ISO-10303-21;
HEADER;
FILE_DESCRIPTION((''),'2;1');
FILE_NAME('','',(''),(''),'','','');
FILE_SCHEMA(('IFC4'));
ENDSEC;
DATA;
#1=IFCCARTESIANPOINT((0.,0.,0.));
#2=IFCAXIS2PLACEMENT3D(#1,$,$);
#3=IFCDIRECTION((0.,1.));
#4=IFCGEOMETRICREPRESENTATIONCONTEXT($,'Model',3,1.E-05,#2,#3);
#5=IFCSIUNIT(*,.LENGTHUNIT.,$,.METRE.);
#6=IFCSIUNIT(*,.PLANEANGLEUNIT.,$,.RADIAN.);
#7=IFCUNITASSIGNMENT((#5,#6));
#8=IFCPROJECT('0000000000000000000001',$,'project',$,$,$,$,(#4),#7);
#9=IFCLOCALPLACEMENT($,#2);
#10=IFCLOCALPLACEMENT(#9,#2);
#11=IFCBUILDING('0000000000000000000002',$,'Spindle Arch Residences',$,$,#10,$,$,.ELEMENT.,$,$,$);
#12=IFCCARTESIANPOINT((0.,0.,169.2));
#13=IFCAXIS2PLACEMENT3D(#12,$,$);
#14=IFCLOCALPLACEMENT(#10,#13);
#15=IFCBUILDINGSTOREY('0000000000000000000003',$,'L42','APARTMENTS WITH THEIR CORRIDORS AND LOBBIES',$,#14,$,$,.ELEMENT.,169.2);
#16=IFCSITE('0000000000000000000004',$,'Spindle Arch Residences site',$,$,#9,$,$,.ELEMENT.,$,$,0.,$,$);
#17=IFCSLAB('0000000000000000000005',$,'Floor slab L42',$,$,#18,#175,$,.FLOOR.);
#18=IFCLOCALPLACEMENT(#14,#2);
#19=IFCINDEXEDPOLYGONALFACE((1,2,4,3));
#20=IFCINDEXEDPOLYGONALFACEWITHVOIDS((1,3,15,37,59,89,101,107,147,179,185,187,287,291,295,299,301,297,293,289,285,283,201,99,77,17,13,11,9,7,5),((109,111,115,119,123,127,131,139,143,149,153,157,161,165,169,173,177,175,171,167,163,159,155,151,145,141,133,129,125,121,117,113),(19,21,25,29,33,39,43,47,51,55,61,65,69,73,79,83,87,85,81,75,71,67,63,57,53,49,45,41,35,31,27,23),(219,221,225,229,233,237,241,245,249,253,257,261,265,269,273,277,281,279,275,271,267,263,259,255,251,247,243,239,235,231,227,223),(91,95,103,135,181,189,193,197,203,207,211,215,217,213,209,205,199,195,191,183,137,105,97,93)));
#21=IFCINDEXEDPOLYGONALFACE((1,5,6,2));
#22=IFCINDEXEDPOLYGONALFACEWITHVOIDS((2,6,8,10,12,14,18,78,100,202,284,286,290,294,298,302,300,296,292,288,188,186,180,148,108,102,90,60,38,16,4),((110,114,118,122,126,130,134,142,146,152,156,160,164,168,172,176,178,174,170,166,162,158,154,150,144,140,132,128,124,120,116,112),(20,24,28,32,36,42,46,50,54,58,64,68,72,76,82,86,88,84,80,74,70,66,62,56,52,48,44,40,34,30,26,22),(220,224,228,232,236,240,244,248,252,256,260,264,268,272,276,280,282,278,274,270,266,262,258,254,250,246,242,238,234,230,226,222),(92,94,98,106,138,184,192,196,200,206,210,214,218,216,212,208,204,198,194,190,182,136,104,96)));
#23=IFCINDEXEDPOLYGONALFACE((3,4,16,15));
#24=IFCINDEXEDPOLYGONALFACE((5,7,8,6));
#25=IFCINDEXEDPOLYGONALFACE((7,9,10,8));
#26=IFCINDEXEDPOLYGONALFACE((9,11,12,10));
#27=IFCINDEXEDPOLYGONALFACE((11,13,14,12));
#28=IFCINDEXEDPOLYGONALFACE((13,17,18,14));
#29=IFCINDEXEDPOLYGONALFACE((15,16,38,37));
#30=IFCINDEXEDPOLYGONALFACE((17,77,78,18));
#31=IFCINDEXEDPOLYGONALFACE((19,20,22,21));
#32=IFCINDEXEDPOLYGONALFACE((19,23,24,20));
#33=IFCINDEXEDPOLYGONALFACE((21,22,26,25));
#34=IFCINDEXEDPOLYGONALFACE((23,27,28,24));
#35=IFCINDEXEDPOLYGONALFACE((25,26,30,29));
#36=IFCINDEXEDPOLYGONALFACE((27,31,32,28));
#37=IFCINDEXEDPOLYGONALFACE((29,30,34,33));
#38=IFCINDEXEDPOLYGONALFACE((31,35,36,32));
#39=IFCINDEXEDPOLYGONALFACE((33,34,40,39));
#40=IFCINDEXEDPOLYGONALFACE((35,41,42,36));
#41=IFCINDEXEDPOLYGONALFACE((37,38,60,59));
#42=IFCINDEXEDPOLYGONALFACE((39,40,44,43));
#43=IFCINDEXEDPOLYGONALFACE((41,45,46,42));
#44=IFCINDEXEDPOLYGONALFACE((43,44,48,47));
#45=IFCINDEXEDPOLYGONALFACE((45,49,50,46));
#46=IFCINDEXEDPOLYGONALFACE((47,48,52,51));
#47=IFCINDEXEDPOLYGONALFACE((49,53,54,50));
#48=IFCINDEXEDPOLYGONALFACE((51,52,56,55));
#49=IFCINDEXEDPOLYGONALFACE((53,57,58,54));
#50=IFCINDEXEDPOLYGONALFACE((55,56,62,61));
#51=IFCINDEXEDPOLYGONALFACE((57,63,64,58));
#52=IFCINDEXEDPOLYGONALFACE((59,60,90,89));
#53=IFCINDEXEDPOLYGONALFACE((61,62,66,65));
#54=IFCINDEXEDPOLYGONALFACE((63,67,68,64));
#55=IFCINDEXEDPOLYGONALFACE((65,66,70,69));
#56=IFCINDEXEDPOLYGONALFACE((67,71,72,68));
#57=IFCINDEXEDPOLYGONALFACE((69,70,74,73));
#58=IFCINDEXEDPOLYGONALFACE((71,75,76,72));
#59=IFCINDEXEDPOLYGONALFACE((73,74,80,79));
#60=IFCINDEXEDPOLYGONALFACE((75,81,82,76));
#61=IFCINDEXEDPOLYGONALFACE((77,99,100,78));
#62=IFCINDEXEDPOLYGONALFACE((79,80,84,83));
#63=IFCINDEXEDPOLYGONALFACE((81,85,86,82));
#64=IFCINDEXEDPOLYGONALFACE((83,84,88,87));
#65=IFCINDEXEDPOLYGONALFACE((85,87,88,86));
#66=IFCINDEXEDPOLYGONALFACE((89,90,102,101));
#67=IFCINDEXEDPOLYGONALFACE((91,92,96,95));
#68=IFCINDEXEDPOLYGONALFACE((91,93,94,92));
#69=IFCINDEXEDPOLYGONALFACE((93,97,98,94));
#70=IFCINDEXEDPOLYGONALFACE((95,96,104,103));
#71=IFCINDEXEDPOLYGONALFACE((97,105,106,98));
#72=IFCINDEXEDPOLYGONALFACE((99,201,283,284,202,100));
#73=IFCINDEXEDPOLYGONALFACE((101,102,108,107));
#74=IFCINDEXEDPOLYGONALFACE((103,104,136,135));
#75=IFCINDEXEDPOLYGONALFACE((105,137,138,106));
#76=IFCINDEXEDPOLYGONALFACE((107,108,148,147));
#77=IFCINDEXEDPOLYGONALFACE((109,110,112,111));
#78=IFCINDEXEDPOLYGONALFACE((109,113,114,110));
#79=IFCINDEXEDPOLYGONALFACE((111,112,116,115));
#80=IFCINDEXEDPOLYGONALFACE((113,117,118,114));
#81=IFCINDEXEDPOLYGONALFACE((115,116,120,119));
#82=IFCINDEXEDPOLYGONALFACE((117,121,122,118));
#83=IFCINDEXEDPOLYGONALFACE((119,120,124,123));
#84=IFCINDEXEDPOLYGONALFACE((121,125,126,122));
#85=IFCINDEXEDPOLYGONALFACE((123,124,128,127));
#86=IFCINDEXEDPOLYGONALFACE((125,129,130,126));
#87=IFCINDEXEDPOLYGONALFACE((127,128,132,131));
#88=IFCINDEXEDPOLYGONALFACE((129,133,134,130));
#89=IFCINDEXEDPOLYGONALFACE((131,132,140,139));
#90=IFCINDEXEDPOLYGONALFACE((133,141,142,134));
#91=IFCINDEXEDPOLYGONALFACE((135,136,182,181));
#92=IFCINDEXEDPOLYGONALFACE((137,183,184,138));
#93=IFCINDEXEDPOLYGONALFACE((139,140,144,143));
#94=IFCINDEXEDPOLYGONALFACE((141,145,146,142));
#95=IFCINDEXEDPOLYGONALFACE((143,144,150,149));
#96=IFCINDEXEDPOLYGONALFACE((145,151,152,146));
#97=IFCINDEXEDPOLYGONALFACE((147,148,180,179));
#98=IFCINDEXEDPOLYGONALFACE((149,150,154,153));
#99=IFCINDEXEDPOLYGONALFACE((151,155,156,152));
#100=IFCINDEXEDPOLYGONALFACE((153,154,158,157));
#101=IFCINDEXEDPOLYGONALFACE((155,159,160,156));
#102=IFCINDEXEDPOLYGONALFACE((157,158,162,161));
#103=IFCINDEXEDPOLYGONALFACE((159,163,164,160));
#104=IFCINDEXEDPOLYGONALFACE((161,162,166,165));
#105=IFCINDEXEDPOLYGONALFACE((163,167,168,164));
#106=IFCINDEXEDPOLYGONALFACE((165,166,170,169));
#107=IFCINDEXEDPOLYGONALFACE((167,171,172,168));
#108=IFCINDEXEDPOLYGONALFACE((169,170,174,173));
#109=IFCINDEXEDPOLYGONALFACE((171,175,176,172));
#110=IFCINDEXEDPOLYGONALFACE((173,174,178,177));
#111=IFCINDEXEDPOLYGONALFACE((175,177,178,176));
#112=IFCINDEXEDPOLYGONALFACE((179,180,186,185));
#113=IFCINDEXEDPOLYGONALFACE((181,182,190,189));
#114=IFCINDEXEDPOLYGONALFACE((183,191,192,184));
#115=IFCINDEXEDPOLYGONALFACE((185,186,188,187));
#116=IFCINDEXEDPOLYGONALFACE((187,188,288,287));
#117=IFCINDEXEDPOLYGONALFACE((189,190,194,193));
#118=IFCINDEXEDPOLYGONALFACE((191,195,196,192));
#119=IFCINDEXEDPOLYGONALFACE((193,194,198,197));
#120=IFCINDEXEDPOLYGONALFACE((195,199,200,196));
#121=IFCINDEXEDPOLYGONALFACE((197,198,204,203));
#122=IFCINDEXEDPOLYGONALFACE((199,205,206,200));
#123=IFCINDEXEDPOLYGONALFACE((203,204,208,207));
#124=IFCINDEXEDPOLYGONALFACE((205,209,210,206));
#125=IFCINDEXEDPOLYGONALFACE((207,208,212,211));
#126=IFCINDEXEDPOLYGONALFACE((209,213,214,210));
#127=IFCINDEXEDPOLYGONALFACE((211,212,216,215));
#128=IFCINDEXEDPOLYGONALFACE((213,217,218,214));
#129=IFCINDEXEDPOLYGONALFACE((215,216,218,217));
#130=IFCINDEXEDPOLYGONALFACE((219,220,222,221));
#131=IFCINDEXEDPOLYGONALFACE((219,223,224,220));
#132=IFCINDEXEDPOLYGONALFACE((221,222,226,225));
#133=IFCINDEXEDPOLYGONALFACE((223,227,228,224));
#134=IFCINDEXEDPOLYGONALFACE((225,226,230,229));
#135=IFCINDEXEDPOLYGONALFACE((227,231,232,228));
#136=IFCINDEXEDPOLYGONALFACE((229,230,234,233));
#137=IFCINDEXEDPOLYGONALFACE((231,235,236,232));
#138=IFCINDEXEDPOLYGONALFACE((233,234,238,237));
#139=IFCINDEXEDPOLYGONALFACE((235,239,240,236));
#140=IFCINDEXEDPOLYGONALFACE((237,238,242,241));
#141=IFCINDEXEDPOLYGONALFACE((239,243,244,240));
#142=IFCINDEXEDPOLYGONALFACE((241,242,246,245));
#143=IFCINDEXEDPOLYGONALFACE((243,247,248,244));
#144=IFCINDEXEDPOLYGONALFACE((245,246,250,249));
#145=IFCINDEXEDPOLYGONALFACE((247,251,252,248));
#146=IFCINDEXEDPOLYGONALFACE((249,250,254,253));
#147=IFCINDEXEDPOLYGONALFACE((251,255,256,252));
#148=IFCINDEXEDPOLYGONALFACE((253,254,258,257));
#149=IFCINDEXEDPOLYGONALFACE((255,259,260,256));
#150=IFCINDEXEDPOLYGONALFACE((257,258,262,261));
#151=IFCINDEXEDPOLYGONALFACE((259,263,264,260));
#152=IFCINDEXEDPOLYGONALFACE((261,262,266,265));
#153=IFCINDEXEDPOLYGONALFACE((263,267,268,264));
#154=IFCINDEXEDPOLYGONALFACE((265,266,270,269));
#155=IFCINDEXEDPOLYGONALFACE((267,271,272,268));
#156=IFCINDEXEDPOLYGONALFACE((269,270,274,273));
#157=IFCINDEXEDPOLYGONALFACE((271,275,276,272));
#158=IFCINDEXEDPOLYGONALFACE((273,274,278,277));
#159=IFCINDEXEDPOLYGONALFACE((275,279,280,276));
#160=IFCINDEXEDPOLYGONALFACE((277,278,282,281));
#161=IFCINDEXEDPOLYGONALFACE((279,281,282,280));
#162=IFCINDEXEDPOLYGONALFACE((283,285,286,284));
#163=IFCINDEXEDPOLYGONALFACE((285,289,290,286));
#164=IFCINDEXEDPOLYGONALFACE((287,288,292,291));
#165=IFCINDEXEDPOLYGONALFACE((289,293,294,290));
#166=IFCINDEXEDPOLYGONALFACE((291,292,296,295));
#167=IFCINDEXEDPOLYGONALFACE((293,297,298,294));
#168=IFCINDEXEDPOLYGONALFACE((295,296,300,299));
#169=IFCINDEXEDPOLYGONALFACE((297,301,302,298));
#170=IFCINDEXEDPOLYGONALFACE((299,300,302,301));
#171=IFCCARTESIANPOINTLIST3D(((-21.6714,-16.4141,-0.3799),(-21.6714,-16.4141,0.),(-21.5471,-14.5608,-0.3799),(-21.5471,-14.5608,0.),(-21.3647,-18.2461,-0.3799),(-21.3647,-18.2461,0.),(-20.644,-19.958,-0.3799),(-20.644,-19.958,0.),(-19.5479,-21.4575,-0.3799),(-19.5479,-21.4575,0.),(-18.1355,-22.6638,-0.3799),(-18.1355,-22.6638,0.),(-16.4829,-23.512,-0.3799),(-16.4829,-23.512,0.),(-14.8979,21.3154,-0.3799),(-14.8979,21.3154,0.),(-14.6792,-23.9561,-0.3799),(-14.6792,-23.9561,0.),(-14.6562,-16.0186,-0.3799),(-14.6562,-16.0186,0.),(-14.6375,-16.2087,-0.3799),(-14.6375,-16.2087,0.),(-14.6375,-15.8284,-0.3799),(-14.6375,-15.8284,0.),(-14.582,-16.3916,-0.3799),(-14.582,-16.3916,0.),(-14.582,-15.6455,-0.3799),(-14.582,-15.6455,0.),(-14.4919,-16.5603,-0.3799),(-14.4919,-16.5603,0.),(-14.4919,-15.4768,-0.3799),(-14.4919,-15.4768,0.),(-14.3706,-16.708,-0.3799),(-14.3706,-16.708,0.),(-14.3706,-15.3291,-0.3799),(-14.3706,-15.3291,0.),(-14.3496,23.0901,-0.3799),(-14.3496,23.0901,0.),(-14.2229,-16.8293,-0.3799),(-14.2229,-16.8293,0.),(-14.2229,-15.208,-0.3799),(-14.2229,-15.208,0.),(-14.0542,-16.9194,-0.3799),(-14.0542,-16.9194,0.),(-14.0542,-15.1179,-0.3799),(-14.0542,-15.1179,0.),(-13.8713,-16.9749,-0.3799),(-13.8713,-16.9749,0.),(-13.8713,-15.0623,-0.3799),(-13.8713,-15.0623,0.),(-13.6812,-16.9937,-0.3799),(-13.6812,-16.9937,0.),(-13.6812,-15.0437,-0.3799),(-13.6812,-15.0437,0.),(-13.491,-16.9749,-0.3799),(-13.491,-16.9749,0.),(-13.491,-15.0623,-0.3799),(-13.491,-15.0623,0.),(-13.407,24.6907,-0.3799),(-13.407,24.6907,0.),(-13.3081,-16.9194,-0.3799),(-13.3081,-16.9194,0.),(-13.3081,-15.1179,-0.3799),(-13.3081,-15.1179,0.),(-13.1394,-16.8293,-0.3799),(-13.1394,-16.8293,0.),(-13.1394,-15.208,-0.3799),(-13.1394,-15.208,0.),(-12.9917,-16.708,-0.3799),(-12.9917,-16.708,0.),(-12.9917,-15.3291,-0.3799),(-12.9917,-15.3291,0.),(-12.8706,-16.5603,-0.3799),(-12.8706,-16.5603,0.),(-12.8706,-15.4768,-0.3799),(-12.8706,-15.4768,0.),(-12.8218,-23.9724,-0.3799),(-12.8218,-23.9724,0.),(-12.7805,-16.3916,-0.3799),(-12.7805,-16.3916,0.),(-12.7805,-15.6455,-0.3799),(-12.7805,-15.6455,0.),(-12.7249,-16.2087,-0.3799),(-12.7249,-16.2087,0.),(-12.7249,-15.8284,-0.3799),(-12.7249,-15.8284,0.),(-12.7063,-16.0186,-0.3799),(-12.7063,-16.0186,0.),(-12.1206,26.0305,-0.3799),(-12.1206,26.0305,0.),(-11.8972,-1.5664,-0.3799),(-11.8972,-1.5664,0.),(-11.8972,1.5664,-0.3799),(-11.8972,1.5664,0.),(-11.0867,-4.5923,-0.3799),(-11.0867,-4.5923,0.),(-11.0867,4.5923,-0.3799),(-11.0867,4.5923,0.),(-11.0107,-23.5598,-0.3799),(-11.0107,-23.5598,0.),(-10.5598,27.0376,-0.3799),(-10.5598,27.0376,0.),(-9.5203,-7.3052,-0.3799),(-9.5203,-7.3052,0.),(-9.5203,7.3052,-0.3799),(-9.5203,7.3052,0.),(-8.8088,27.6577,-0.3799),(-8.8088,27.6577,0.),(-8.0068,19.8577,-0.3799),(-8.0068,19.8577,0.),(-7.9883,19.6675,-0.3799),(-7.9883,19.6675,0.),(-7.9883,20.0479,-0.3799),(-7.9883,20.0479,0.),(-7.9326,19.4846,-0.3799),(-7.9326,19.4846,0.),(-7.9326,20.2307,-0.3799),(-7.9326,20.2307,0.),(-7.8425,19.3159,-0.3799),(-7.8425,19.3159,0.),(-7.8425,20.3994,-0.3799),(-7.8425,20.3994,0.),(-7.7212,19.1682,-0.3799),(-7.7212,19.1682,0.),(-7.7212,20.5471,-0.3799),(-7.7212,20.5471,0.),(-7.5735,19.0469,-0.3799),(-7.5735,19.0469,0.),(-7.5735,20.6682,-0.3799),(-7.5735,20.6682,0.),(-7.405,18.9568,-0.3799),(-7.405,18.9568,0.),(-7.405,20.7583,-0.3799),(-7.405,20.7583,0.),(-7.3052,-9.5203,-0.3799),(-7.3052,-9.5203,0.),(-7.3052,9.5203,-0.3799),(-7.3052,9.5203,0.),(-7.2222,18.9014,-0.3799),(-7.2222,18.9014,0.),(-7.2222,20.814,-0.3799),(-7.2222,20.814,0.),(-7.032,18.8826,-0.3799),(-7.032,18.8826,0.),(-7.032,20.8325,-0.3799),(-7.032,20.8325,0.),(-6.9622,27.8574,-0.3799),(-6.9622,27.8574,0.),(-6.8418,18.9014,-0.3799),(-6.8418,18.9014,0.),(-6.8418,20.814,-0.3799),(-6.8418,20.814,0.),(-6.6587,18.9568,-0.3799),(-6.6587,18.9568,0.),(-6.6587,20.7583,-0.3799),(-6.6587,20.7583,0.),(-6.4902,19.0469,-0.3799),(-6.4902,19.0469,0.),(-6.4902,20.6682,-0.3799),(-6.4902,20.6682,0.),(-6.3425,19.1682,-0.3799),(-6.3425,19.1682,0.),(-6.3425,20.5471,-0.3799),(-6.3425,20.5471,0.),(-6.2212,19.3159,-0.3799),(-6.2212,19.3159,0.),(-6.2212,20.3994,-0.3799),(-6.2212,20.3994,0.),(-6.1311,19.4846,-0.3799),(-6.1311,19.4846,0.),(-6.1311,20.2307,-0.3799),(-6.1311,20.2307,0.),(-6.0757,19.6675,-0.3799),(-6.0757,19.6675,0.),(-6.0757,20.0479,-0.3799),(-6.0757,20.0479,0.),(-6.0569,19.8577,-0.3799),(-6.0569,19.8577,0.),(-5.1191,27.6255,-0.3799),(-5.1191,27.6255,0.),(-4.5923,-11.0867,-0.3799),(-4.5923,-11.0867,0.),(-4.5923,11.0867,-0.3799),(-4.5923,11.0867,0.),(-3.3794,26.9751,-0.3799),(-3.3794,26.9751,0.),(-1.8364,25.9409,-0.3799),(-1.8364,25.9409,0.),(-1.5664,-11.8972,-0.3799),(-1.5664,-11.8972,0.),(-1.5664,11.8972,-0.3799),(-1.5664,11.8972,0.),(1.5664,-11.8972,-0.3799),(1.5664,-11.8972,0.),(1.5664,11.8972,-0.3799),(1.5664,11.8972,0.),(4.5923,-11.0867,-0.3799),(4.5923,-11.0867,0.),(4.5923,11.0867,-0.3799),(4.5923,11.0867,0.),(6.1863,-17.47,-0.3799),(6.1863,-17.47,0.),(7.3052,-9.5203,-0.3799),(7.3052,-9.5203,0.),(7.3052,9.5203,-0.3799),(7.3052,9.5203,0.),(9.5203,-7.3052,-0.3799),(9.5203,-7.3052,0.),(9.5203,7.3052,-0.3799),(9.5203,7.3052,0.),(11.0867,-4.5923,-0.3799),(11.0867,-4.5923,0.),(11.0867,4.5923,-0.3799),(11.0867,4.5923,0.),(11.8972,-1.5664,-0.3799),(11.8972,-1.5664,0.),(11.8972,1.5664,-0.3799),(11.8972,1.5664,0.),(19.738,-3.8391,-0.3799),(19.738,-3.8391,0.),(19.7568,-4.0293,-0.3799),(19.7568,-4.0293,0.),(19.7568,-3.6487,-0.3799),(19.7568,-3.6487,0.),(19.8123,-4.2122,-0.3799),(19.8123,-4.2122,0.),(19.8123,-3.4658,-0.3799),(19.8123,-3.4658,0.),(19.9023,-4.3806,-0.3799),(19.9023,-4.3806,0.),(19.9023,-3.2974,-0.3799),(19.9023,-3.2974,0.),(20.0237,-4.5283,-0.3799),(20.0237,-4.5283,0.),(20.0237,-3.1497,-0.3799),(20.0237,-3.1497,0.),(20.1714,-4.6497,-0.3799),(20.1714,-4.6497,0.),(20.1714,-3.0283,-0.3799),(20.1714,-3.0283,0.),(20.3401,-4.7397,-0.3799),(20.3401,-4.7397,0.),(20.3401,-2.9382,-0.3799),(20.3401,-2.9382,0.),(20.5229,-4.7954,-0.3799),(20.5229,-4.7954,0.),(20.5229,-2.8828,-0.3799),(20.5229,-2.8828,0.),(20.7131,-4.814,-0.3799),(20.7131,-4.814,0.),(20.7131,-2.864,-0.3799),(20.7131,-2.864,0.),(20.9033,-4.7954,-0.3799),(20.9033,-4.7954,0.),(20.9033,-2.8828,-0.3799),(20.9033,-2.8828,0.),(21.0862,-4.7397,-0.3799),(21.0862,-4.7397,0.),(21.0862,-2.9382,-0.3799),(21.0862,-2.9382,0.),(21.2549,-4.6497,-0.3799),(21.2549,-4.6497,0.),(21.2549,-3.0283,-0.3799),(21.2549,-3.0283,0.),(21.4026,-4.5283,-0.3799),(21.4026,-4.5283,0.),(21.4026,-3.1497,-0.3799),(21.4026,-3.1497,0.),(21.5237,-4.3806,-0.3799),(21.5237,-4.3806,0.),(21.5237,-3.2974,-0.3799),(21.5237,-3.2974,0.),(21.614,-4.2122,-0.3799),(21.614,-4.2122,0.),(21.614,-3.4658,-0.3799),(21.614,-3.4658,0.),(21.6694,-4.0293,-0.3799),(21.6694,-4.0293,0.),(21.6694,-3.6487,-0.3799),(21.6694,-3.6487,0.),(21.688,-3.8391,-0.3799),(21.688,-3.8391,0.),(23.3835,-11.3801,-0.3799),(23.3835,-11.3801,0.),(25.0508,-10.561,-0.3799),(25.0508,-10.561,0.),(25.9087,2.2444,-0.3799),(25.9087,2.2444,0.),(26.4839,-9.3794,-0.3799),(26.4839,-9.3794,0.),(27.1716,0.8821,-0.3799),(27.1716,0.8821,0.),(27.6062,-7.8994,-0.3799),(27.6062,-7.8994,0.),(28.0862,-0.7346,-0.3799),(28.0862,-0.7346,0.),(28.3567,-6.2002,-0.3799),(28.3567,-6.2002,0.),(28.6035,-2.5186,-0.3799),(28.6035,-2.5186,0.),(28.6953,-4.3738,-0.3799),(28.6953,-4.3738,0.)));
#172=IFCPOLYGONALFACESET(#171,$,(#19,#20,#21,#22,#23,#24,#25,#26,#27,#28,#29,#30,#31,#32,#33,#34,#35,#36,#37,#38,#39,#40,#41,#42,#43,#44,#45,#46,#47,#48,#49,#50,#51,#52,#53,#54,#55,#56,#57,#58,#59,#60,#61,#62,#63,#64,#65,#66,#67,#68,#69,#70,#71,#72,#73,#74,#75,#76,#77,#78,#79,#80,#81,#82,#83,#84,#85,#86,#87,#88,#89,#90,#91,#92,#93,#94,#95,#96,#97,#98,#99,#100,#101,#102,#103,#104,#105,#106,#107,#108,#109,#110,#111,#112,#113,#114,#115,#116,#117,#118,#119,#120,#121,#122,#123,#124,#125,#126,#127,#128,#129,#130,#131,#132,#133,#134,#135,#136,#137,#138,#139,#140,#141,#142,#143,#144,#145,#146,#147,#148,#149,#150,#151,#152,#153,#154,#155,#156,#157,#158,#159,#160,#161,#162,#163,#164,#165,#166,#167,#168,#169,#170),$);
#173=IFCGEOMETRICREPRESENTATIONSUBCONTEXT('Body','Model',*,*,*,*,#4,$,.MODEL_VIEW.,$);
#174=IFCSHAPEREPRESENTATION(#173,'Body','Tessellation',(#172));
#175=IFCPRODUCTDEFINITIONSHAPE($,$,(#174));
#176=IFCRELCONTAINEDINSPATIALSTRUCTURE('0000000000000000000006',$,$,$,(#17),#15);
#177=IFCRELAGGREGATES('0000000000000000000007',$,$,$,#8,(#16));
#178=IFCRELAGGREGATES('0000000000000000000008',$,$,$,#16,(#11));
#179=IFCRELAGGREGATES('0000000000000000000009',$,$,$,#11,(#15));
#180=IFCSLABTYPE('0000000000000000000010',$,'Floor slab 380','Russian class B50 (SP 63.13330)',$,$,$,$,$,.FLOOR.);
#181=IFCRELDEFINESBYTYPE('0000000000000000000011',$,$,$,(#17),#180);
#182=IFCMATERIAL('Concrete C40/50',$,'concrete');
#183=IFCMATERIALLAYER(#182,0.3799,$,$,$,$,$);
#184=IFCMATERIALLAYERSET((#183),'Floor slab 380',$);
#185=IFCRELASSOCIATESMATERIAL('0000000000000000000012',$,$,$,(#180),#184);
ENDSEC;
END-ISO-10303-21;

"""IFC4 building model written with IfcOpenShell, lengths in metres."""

from ifc_helpers import new_model, si_unit, direction, frame, origin, place, context, subcontext, project, spatial, polyline, outline, extrude, material, layer, layer_set, type_object, element, save


model = new_model("IFC4")

# Units and contexts
model_context = context("Model", 3, precision=1e-05, world=origin(), true_north=direction((0.0, 1.0)))
body_context = subcontext(model_context, "Body", "Model", "MODEL_VIEW")
ifc_project = project(units=[si_unit("LENGTHUNIT", "METRE"), si_unit("PLANEANGLEUNIT", "RADIAN")], contexts=[model_context])

# Site, building, storey
site_placement = place(None, origin())
site = spatial("IfcSite", under=ifc_project, at=site_placement, Name="Spindle Arch Residences site", CompositionType="ELEMENT", RefElevation=0.0)
building_placement = place(site_placement, origin())
building = spatial("IfcBuilding", under=site, at=building_placement, Name="Spindle Arch Residences", CompositionType="ELEMENT")
storey_placement = place(building_placement, frame((0.0, 0.0, 169.2)))
storey = spatial("IfcBuildingStorey", under=building, at=storey_placement, Name="L42", Description="APARTMENTS WITH THEIR CORRIDORS AND LOBBIES", CompositionType="ELEMENT", Elevation=169.2)

# Slab
ifc_material_1 = material(Name="Concrete C40/50", Category="concrete")
ifc_layer_1 = layer(ifc_material_1, 0.3799)
ifc_layer_set_1 = layer_set([ifc_layer_1], Name="Floor slab 380")
slab_type_1 = type_object("IfcSlabType", Name="Floor slab 380", Description="Russian class B50 (SP 63.13330)", PredefinedType="FLOOR", material=ifc_layer_set_1)
slab_1_placement = place(storey_placement, frame((0.0, 0.0, -0.3799)))
element("IfcSlab", 1, at=slab_1_placement, inside=storey, type_object=slab_type_1, Name="Floor slab L42", PredefinedType="FLOOR", context=body_context, shape_type="SweptSolid", body=[
    extrude(outline(polyline([(-12.8218, -23.9724), (-14.6792, -23.9561), (-16.4829, -23.512), (-18.1355, -22.6638), (-19.5479, -21.4575), (-20.644, -19.958), (-21.3647, -18.2461), (-21.6714, -16.4141), (-21.5471, -14.5608), (-14.8979, 21.3154), (-14.3496, 23.0901), (-13.407, 24.6907), (-12.1206, 26.0305), (-10.5598, 27.0376), (-8.8088, 27.6577), (-6.9622, 27.8574), (-5.1191, 27.6255), (-3.3794, 26.9751), (-1.8364, 25.9409), (25.9087, 2.2444), (27.1716, 0.8821), (28.0862, -0.7346), (28.6035, -2.5186), (28.6953, -4.3738), (28.3567, -6.2002), (27.6062, -7.8994), (26.4839, -9.3794), (25.0508, -10.561), (23.3835, -11.3801), (6.1863, -17.47), (-11.0107, -23.5598), (-12.8218, -23.9724)]), holes=[polyline([(7.3052, -9.5203), (9.5203, -7.3052), (11.0867, -4.5923), (11.8972, -1.5664), (11.8972, 1.5664), (11.0867, 4.5923), (9.5203, 7.3052), (7.3052, 9.5203), (4.5923, 11.0867), (1.5664, 11.8972), (-1.5664, 11.8972), (-4.5923, 11.0867), (-7.3052, 9.5203), (-9.5203, 7.3052), (-11.0867, 4.5923), (-11.8972, 1.5664), (-11.8972, -1.5664), (-11.0867, -4.5923), (-9.5203, -7.3052), (-7.3052, -9.5203), (-4.5923, -11.0867), (-1.5664, -11.8972), (1.5664, -11.8972), (4.5923, -11.0867), (7.3052, -9.5203)]), polyline([(-12.9917, -16.708), (-12.8706, -16.5603), (-12.7805, -16.3916), (-12.7249, -16.2087), (-12.7063, -16.0186), (-12.7249, -15.8284), (-12.7805, -15.6455), (-12.8706, -15.4768), (-12.9917, -15.3291), (-13.1394, -15.208), (-13.3081, -15.1179), (-13.491, -15.0623), (-13.6812, -15.0437), (-13.8713, -15.0623), (-14.0542, -15.1179), (-14.2229, -15.208), (-14.3706, -15.3291), (-14.4919, -15.4768), (-14.582, -15.6455), (-14.6375, -15.8284), (-14.6562, -16.0186), (-14.6375, -16.2087), (-14.582, -16.3916), (-14.4919, -16.5603), (-14.3706, -16.708), (-14.2229, -16.8293), (-14.0542, -16.9194), (-13.8713, -16.9749), (-13.6812, -16.9937), (-13.491, -16.9749), (-13.3081, -16.9194), (-13.1394, -16.8293), (-12.9917, -16.708)]), polyline([(-6.2212, 19.3159), (-6.1311, 19.4846), (-6.0757, 19.6675), (-6.0569, 19.8577), (-6.0757, 20.0479), (-6.1311, 20.2307), (-6.2212, 20.3994), (-6.3425, 20.5471), (-6.4902, 20.6682), (-6.6587, 20.7583), (-6.8418, 20.814), (-7.032, 20.8325), (-7.2222, 20.814), (-7.405, 20.7583), (-7.5735, 20.6682), (-7.7212, 20.5471), (-7.8425, 20.3994), (-7.9326, 20.2307), (-7.9883, 20.0479), (-8.0068, 19.8577), (-7.9883, 19.6675), (-7.9326, 19.4846), (-7.8425, 19.3159), (-7.7212, 19.1682), (-7.5735, 19.0469), (-7.405, 18.9568), (-7.2222, 18.9014), (-7.032, 18.8826), (-6.8418, 18.9014), (-6.6587, 18.9568), (-6.4902, 19.0469), (-6.3425, 19.1682), (-6.2212, 19.3159)]), polyline([(21.5237, -4.3806), (21.614, -4.2122), (21.6694, -4.0293), (21.688, -3.8391), (21.6694, -3.6487), (21.614, -3.4658), (21.5237, -3.2974), (21.4026, -3.1497), (21.2549, -3.0283), (21.0862, -2.9382), (20.9033, -2.8828), (20.7131, -2.864), (20.5229, -2.8828), (20.3401, -2.9382), (20.1714, -3.0283), (20.0237, -3.1497), (19.9023, -3.2974), (19.8123, -3.4658), (19.7568, -3.6487), (19.738, -3.8391), (19.7568, -4.0293), (19.8123, -4.2122), (19.9023, -4.3806), (20.0237, -4.5283), (20.1714, -4.6497), (20.3401, -4.7397), (20.5229, -4.7954), (20.7131, -4.814), (20.9033, -4.7954), (21.0862, -4.7397), (21.2549, -4.6497), (21.4026, -4.5283), (21.5237, -4.3806)])]), origin(), (0.0, 0.0, 1.0), 0.3799),
])

save(model, "model.ifc")
